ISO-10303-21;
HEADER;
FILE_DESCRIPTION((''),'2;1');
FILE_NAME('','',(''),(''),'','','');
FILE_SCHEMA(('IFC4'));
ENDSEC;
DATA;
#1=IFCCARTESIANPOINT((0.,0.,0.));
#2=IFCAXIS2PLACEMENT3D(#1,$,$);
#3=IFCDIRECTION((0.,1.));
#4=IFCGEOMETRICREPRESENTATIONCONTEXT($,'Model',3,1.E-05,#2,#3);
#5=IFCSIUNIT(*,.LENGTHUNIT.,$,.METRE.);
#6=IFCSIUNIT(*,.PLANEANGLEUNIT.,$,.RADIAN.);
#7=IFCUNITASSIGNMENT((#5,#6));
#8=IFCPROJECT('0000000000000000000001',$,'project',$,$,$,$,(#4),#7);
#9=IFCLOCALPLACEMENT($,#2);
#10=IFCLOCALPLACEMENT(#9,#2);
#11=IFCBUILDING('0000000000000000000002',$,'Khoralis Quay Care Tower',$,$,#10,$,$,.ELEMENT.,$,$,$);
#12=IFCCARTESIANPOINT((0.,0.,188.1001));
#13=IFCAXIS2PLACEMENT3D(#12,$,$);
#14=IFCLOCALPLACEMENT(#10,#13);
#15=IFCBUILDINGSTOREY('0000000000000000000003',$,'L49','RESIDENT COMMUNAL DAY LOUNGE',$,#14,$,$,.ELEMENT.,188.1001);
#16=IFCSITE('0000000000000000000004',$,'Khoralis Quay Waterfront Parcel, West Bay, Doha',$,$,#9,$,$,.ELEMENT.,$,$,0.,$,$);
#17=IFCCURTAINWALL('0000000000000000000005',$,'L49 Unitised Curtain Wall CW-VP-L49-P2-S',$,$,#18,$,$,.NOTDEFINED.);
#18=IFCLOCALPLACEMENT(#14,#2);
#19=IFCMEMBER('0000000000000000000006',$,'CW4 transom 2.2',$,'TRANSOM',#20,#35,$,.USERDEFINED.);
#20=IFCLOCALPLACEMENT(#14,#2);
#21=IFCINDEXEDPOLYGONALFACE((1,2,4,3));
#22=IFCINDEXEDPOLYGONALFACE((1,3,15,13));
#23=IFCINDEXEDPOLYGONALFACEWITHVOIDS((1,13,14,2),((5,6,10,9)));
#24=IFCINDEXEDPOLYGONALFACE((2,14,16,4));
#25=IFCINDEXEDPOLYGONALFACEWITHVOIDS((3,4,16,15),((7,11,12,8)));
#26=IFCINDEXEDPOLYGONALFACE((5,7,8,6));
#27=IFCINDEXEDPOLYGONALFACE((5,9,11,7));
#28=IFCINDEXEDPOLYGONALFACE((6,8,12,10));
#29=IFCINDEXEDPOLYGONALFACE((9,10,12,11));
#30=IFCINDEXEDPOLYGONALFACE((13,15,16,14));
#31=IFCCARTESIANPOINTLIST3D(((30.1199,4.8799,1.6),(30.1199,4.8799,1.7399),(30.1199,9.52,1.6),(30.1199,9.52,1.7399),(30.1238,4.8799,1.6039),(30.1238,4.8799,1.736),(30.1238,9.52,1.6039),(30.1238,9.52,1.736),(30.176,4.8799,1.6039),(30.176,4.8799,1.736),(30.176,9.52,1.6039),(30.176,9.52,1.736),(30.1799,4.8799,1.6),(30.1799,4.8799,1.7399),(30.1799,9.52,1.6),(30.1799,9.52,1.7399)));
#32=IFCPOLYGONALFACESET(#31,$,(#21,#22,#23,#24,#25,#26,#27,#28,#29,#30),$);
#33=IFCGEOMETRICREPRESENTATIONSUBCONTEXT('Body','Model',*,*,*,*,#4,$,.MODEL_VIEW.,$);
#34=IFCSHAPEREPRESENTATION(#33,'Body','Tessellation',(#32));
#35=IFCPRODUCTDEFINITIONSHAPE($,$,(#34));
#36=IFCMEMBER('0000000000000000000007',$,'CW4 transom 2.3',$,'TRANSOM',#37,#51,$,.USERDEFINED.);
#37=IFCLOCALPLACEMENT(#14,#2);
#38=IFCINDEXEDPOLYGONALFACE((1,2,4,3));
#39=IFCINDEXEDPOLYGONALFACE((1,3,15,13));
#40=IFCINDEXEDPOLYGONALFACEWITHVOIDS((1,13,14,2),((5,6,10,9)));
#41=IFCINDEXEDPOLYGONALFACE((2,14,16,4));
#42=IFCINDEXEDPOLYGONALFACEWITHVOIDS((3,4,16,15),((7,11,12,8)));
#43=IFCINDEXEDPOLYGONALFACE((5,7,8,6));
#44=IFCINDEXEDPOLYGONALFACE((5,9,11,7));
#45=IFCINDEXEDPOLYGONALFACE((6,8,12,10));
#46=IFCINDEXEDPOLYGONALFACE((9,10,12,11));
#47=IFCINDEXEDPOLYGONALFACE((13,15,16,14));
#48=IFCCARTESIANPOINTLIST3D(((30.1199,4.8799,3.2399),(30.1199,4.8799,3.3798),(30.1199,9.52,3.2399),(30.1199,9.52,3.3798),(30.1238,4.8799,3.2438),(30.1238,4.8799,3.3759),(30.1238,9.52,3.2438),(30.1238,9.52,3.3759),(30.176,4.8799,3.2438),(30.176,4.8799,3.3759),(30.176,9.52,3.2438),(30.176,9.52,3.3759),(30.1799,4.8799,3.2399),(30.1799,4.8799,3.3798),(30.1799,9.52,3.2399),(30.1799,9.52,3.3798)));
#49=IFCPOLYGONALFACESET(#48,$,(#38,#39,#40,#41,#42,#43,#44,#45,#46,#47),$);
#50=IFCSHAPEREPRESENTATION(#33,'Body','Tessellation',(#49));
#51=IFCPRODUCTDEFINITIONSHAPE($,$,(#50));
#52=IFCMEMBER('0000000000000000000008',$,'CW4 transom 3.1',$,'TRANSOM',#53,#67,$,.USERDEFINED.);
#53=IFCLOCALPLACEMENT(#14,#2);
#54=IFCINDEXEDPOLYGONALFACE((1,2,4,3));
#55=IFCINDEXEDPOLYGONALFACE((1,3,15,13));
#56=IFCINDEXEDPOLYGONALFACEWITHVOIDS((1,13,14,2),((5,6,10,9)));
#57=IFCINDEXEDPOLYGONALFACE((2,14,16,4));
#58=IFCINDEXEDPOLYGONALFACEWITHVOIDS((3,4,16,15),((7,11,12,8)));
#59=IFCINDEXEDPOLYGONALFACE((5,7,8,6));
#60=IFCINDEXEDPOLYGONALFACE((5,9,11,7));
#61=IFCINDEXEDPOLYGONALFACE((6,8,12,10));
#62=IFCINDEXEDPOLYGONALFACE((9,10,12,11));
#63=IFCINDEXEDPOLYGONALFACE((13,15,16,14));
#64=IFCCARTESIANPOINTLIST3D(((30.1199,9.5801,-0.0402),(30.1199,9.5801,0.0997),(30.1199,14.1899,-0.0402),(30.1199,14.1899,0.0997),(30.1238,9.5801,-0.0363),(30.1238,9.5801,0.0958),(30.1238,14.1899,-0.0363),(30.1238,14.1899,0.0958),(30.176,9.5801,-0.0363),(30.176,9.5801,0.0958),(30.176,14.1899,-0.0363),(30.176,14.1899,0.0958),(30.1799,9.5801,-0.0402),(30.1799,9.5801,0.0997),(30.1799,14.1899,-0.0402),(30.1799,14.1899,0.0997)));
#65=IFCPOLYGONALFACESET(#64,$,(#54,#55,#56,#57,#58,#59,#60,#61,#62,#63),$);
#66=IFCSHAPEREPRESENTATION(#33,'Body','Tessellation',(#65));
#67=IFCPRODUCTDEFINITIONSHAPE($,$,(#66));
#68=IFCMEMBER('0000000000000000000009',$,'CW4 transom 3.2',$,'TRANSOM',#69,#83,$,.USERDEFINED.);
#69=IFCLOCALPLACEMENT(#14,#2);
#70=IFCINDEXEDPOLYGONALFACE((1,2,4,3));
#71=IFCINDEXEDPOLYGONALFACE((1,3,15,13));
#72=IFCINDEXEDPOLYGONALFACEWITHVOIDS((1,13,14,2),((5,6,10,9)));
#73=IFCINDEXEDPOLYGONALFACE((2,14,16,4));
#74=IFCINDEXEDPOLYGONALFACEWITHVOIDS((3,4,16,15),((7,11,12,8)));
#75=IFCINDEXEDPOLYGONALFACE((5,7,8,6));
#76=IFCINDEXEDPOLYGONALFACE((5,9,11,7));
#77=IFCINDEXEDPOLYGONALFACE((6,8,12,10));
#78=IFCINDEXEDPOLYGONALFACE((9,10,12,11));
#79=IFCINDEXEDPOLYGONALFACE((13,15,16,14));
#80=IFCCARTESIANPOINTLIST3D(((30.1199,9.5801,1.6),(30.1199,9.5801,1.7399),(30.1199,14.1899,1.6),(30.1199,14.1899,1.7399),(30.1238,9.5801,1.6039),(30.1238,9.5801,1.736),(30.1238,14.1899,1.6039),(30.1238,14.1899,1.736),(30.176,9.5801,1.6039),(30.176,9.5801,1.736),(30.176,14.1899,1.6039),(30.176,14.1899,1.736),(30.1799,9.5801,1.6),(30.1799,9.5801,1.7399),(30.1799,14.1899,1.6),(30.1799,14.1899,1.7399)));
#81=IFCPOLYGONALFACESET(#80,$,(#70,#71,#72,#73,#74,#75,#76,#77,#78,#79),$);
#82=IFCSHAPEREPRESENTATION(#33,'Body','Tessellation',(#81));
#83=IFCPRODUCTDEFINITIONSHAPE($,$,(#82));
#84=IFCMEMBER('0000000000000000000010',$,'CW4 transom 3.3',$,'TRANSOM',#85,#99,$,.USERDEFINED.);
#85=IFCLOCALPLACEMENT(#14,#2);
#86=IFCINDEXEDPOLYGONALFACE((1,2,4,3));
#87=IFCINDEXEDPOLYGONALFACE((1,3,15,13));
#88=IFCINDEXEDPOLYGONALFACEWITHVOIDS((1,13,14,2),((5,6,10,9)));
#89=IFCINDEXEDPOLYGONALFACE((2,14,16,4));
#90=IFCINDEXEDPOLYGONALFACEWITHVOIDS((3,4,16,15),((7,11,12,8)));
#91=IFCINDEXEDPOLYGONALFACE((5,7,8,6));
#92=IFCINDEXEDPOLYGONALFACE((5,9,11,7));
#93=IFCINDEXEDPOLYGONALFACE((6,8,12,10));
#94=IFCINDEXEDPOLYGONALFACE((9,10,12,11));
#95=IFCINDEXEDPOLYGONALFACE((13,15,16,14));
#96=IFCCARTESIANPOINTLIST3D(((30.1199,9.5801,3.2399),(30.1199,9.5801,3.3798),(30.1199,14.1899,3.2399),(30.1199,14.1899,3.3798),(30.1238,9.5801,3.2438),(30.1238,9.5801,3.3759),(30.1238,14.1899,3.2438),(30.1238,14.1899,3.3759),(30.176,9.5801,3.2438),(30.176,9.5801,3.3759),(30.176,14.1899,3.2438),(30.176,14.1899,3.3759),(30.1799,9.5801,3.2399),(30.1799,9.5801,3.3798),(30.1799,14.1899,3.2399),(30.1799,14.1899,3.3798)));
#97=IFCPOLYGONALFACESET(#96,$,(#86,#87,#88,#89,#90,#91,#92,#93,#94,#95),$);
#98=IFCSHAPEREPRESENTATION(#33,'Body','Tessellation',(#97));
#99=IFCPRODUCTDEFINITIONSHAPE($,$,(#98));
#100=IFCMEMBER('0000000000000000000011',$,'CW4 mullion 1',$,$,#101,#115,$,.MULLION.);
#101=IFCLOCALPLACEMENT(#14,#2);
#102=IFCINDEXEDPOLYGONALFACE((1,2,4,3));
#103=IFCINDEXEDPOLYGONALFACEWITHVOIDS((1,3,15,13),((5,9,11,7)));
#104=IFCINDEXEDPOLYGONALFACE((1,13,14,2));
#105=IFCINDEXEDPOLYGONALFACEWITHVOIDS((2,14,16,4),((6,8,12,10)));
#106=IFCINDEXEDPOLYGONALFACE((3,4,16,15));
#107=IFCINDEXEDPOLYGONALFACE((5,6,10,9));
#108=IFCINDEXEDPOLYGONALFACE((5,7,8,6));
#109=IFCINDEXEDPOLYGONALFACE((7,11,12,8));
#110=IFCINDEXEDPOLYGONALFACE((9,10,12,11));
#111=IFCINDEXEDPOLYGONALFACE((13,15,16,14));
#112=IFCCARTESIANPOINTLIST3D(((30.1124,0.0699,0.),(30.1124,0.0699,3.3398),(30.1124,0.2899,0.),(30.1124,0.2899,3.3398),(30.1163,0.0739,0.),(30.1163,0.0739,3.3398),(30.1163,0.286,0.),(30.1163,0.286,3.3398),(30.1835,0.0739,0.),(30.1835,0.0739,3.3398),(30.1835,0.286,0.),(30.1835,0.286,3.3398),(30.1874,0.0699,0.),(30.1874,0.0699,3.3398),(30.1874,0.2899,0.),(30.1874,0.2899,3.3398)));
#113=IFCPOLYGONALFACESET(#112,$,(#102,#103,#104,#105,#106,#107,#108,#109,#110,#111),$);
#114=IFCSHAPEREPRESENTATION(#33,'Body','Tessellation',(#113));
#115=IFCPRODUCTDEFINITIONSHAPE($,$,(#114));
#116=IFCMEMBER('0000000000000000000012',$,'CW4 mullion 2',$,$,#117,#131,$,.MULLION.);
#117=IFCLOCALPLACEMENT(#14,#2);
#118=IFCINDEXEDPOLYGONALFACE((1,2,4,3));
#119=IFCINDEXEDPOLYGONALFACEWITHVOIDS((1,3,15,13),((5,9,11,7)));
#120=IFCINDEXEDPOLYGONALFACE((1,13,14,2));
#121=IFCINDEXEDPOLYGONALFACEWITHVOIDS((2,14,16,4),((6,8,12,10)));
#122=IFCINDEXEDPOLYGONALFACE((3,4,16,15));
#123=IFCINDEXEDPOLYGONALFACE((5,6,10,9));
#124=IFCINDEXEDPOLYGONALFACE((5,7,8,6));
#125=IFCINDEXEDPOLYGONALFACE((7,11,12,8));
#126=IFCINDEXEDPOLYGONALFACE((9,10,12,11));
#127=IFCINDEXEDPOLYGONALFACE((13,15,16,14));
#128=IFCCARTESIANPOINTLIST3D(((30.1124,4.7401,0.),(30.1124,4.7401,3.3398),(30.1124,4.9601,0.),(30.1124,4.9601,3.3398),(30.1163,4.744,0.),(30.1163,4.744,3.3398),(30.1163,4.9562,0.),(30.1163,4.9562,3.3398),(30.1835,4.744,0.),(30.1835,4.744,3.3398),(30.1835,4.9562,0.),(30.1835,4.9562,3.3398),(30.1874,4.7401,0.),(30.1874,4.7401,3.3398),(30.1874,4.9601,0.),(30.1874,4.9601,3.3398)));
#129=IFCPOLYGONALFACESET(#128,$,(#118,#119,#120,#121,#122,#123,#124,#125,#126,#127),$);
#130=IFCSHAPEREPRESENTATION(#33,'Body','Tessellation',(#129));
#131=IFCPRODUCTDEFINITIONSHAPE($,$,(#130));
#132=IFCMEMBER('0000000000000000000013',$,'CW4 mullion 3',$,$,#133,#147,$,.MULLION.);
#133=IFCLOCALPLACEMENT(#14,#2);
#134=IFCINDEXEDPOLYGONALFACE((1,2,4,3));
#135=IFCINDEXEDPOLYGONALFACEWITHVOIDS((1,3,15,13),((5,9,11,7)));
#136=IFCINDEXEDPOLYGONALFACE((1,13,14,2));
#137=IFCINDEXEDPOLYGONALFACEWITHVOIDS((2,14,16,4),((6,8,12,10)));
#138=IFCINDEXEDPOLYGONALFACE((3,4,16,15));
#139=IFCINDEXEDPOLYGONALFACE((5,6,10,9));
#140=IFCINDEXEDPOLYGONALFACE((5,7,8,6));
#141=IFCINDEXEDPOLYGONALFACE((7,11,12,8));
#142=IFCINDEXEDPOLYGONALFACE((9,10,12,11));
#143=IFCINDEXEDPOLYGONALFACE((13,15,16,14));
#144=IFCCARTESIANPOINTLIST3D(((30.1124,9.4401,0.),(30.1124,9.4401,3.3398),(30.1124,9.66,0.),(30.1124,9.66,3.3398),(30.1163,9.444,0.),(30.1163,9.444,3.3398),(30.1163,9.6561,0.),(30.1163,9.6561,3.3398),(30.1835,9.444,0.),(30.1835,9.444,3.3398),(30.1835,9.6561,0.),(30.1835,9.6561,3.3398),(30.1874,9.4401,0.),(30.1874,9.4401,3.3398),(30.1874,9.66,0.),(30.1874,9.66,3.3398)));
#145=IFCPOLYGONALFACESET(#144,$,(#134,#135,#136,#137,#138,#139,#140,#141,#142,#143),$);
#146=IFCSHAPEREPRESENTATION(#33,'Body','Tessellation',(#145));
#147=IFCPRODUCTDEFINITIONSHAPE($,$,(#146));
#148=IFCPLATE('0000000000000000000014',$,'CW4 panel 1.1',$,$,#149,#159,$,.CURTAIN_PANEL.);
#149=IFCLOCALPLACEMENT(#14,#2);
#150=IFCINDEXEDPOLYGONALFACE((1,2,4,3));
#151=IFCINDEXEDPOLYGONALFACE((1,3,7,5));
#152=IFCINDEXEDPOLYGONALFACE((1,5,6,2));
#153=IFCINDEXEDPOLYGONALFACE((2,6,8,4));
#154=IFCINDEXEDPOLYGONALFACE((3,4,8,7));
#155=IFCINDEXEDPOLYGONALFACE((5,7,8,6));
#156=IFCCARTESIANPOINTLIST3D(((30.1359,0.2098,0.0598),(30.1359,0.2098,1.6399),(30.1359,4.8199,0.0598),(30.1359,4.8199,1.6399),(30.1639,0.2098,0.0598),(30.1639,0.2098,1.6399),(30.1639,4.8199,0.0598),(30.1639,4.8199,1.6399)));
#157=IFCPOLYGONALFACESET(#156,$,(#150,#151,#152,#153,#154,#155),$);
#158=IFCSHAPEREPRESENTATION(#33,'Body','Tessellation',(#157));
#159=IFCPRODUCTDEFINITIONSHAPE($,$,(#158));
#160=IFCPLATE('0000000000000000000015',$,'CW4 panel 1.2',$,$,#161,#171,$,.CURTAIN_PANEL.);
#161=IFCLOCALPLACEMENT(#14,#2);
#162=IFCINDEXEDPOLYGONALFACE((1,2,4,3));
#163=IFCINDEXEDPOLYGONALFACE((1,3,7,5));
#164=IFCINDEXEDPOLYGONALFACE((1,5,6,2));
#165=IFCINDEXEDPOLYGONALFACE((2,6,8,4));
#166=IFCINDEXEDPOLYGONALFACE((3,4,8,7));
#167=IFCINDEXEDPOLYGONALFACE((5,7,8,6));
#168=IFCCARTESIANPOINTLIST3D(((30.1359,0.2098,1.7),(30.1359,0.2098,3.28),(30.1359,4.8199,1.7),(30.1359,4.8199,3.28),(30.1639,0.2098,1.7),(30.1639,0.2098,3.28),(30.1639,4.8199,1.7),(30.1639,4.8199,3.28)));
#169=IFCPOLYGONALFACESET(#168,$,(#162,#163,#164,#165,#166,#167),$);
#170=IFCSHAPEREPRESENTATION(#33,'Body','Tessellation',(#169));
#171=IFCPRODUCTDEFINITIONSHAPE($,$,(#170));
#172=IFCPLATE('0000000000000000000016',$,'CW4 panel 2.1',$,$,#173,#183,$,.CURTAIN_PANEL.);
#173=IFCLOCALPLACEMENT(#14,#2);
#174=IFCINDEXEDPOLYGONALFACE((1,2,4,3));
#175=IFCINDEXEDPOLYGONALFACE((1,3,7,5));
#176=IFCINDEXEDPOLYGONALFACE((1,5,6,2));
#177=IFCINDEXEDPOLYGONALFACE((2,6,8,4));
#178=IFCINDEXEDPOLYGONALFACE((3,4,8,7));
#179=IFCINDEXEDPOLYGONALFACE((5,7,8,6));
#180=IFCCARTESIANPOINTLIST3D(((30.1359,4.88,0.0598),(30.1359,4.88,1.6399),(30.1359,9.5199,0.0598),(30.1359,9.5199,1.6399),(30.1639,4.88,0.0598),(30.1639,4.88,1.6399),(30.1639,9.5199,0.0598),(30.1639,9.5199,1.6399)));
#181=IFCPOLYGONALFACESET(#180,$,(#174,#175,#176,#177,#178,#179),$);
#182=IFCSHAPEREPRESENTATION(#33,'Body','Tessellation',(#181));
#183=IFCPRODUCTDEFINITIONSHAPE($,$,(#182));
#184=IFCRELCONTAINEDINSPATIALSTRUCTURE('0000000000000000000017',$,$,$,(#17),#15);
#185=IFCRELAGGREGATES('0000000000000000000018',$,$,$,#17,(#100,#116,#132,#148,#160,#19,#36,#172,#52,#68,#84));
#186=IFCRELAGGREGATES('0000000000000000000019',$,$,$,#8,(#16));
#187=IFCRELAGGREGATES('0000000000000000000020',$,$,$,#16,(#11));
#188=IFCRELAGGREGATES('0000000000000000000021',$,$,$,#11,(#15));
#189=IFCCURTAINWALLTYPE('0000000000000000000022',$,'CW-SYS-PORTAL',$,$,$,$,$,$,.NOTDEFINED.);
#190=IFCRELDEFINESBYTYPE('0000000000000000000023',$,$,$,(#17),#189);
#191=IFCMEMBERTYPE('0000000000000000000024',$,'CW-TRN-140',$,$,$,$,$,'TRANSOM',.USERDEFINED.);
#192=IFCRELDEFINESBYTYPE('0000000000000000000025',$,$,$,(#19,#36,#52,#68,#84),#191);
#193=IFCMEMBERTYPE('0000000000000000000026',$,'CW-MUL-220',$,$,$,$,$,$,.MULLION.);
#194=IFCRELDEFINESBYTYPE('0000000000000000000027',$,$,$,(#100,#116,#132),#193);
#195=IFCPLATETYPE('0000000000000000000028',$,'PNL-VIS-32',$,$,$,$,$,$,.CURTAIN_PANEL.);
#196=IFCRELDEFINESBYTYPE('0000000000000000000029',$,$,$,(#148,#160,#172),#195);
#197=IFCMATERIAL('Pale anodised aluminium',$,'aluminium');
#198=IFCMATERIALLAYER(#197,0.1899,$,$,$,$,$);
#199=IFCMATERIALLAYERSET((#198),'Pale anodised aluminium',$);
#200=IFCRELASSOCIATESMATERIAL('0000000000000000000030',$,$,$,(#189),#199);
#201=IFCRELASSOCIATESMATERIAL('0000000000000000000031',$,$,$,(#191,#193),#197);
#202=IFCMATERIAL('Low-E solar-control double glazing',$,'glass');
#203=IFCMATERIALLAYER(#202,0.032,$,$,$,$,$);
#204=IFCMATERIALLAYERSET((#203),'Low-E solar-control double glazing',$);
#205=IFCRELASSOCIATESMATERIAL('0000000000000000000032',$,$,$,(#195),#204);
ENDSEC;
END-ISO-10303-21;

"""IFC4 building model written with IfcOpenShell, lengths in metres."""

from ifc_helpers import new_model, si_unit, direction, frame, origin, origin_2d, place, context, subcontext, project, spatial, rectangle, hollow_rectangle, extrude, source, transform, mapped, material, layer, layer_set, material_profile, profile_set, type_object, element, aggregate, save


model = new_model("IFC4")

# Units and contexts
model_context = context("Model", 3, precision=1e-05, world=origin(), true_north=direction((0.0, 1.0)))
body_context = subcontext(model_context, "Body", "Model", "MODEL_VIEW")
ifc_project = project(units=[si_unit("LENGTHUNIT", "METRE"), si_unit("PLANEANGLEUNIT", "RADIAN")], contexts=[model_context])

# Site, building, storey
site_placement = place(None, origin())
site = spatial("IfcSite", under=ifc_project, at=site_placement, Name="Khoralis Quay Waterfront Parcel, West Bay, Doha", CompositionType="ELEMENT", RefElevation=0.0)
building_placement = place(site_placement, origin())
building = spatial("IfcBuilding", under=site, at=building_placement, Name="Khoralis Quay Care Tower", CompositionType="ELEMENT")
storey_placement = place(building_placement, frame((0.0, 0.0, 188.1001)))
storey = spatial("IfcBuildingStorey", under=building, at=storey_placement, Name="L49", Description="RESIDENT COMMUNAL DAY LOUNGE", CompositionType="ELEMENT", Elevation=188.1001)

# Curtain wall, members, plates
ifc_material_1 = material(Name="Pale anodised aluminium", Category="aluminium")
ifc_layer_1 = layer(ifc_material_1, 0.1899)
ifc_layer_set_1 = layer_set([ifc_layer_1], Name="Pale anodised aluminium")
curtain_wall_type = type_object("IfcCurtainWallType", Name="CW-SYS-PORTAL", PredefinedType="NOTDEFINED", material=ifc_layer_set_1)
curtain_wall_placement = place(storey_placement, origin())
curtain_wall = element("IfcCurtainWall", 1, at=curtain_wall_placement, inside=storey, type_object=curtain_wall_type, Name="L49 Unitised Curtain Wall CW-VP-L49-P2-S", PredefinedType="NOTDEFINED")
ifc_material_profile_1 = material_profile(ifc_material_1, hollow_rectangle(XDim=0.0601, YDim=0.1399, WallThickness=0.0039, at=origin_2d()), Name="Pale anodised aluminium")
ifc_profile_set_1 = profile_set([ifc_material_profile_1], Name="Pale anodised aluminium")
member_type_1 = type_object("IfcMemberType", Name="CW-TRN-140", ElementType="TRANSOM", PredefinedType="USERDEFINED", material=ifc_profile_set_1)
shared_shape_1 = source(origin(), body_context, "Body", "SweptSolid", [
    extrude(hollow_rectangle(XDim=0.0601, YDim=0.1399, WallThickness=0.0039, at=origin_2d()), origin(), (0.0, 0.0, 1.0), 4.6401),
])
member_1_placement = place(storey_placement, frame((30.1499, 4.8799, 1.6699), z_axis=(0.0, 1.0, 0.0), x_axis=(-1.0, 0.0, 0.0)))
member_1 = element("IfcMember", 2, at=member_1_placement, type_object=member_type_1, Name="CW4 transom 2.2", ObjectType="TRANSOM", PredefinedType="USERDEFINED", context=body_context, shape_type="MappedRepresentation", body=[
    mapped(shared_shape_1, transform((0.0, 0.0, 0.0), scale=1.0)),
])
member_2_placement = place(storey_placement, frame((30.1499, 4.8799, 3.3098), z_axis=(0.0, 1.0, 0.0), x_axis=(-1.0, 0.0, 0.0)))
member_2 = element("IfcMember", 3, at=member_2_placement, type_object=member_type_1, Name="CW4 transom 2.3", ObjectType="TRANSOM", PredefinedType="USERDEFINED", context=body_context, shape_type="MappedRepresentation", body=[
    mapped(shared_shape_1, transform((0.0, 0.0, 0.0), scale=1.0)),
])
shared_shape_2 = source(origin(), body_context, "Body", "SweptSolid", [
    extrude(hollow_rectangle(XDim=0.0601, YDim=0.1399, WallThickness=0.0039, at=origin_2d()), origin(), (0.0, 0.0, 1.0), 4.6099),
])
member_3_placement = place(storey_placement, frame((30.1499, 9.5801, 0.0298), z_axis=(0.0, 1.0, 0.0), x_axis=(-1.0, 0.0, 0.0)))
member_3 = element("IfcMember", 4, at=member_3_placement, type_object=member_type_1, Name="CW4 transom 3.1", ObjectType="TRANSOM", PredefinedType="USERDEFINED", context=body_context, shape_type="MappedRepresentation", body=[
    mapped(shared_shape_2, transform((0.0, 0.0, 0.0), scale=1.0)),
])
member_4_placement = place(storey_placement, frame((30.1499, 9.5801, 1.6699), z_axis=(0.0, 1.0, 0.0), x_axis=(-1.0, 0.0, 0.0)))
member_4 = element("IfcMember", 5, at=member_4_placement, type_object=member_type_1, Name="CW4 transom 3.2", ObjectType="TRANSOM", PredefinedType="USERDEFINED", context=body_context, shape_type="MappedRepresentation", body=[
    mapped(shared_shape_2, transform((0.0, 0.0, 0.0), scale=1.0)),
])
member_5_placement = place(storey_placement, frame((30.1499, 9.5801, 3.3098), z_axis=(0.0, 1.0, 0.0), x_axis=(-1.0, 0.0, 0.0)))
member_5 = element("IfcMember", 6, at=member_5_placement, type_object=member_type_1, Name="CW4 transom 3.3", ObjectType="TRANSOM", PredefinedType="USERDEFINED", context=body_context, shape_type="MappedRepresentation", body=[
    mapped(shared_shape_2, transform((0.0, 0.0, 0.0), scale=1.0)),
])
ifc_material_profile_2 = material_profile(ifc_material_1, hollow_rectangle(XDim=0.075, YDim=0.22, WallThickness=0.0039, at=origin_2d()), Name="Pale anodised aluminium")
ifc_profile_set_2 = profile_set([ifc_material_profile_2], Name="Pale anodised aluminium")
member_type_2 = type_object("IfcMemberType", Name="CW-MUL-220", PredefinedType="MULLION", material=ifc_profile_set_2)
shared_shape_3 = source(origin(), body_context, "Body", "SweptSolid", [
    extrude(hollow_rectangle(XDim=0.075, YDim=0.22, WallThickness=0.0039, at=origin_2d()), origin(), (0.0, 0.0, 1.0), 3.3398),
])
member_6_placement = place(storey_placement, frame((30.1499, 0.1799, 0.0), z_axis=(0.0, 0.0, 1.0), x_axis=(-1.0, 0.0, 0.0)))
member_6 = element("IfcMember", 7, at=member_6_placement, type_object=member_type_2, Name="CW4 mullion 1", PredefinedType="MULLION", context=body_context, shape_type="MappedRepresentation", body=[
    mapped(shared_shape_3, transform((0.0, 0.0, 0.0), scale=1.0)),
])
member_7_placement = place(storey_placement, frame((30.1499, 4.8501, 0.0), z_axis=(0.0, 0.0, 1.0), x_axis=(-1.0, 0.0, 0.0)))
member_7 = element("IfcMember", 8, at=member_7_placement, type_object=member_type_2, Name="CW4 mullion 2", PredefinedType="MULLION", context=body_context, shape_type="MappedRepresentation", body=[
    mapped(shared_shape_3, transform((0.0, 0.0, 0.0), scale=1.0)),
])
member_8_placement = place(storey_placement, frame((30.1499, 9.55, 0.0), z_axis=(0.0, 0.0, 1.0), x_axis=(-1.0, 0.0, 0.0)))
member_8 = element("IfcMember", 9, at=member_8_placement, type_object=member_type_2, Name="CW4 mullion 3", PredefinedType="MULLION", context=body_context, shape_type="MappedRepresentation", body=[
    mapped(shared_shape_3, transform((0.0, 0.0, 0.0), scale=1.0)),
])
ifc_material_2 = material(Name="Low-E solar-control double glazing", Category="glass")
ifc_layer_2 = layer(ifc_material_2, 0.032)
ifc_layer_set_2 = layer_set([ifc_layer_2], Name="Low-E solar-control double glazing")
plate_type = type_object("IfcPlateType", Name="PNL-VIS-32", PredefinedType="CURTAIN_PANEL", material=ifc_layer_set_2)
shared_shape_4 = source(origin(), body_context, "Body", "SweptSolid", [
    extrude(rectangle(XDim=4.6101, YDim=0.0281, at=origin_2d()), origin(), (0.0, 0.0, 1.0), 1.5801),
])
plate_1_placement = place(storey_placement, frame((30.1499, 2.5149, 0.0598), z_axis=(0.0, 0.0, 1.0), x_axis=(0.0, 1.0, 0.0)))
plate_1 = element("IfcPlate", 10, at=plate_1_placement, type_object=plate_type, Name="CW4 panel 1.1", PredefinedType="CURTAIN_PANEL", context=body_context, shape_type="MappedRepresentation", body=[
    mapped(shared_shape_4, transform((0.0, 0.0, 0.0), scale=1.0)),
])
plate_2_placement = place(storey_placement, frame((30.1499, 2.5149, 1.7), z_axis=(0.0, 0.0, 1.0), x_axis=(0.0, 1.0, 0.0)))
plate_2 = element("IfcPlate", 11, at=plate_2_placement, type_object=plate_type, Name="CW4 panel 1.2", PredefinedType="CURTAIN_PANEL", context=body_context, shape_type="MappedRepresentation", body=[
    mapped(shared_shape_4, transform((0.0, 0.0, 0.0), scale=1.0)),
])
shared_shape_5 = source(origin(), body_context, "Body", "SweptSolid", [
    extrude(rectangle(XDim=4.6399, YDim=0.0281, at=origin_2d()), origin(), (0.0, 0.0, 1.0), 1.5801),
])
plate_3_placement = place(storey_placement, frame((30.1499, 7.2, 0.0598), z_axis=(0.0, 0.0, 1.0), x_axis=(0.0, 1.0, 0.0)))
plate_3 = element("IfcPlate", 12, at=plate_3_placement, type_object=plate_type, Name="CW4 panel 2.1", PredefinedType="CURTAIN_PANEL", context=body_context, shape_type="MappedRepresentation", body=[
    mapped(shared_shape_5, transform((0.0, 0.0, 0.0), scale=1.0)),
])
aggregate(curtain_wall, [member_6, member_7, member_8, plate_1, plate_2, member_1, member_2, plate_3, member_3, member_4, member_5])

save(model, "model.ifc")
